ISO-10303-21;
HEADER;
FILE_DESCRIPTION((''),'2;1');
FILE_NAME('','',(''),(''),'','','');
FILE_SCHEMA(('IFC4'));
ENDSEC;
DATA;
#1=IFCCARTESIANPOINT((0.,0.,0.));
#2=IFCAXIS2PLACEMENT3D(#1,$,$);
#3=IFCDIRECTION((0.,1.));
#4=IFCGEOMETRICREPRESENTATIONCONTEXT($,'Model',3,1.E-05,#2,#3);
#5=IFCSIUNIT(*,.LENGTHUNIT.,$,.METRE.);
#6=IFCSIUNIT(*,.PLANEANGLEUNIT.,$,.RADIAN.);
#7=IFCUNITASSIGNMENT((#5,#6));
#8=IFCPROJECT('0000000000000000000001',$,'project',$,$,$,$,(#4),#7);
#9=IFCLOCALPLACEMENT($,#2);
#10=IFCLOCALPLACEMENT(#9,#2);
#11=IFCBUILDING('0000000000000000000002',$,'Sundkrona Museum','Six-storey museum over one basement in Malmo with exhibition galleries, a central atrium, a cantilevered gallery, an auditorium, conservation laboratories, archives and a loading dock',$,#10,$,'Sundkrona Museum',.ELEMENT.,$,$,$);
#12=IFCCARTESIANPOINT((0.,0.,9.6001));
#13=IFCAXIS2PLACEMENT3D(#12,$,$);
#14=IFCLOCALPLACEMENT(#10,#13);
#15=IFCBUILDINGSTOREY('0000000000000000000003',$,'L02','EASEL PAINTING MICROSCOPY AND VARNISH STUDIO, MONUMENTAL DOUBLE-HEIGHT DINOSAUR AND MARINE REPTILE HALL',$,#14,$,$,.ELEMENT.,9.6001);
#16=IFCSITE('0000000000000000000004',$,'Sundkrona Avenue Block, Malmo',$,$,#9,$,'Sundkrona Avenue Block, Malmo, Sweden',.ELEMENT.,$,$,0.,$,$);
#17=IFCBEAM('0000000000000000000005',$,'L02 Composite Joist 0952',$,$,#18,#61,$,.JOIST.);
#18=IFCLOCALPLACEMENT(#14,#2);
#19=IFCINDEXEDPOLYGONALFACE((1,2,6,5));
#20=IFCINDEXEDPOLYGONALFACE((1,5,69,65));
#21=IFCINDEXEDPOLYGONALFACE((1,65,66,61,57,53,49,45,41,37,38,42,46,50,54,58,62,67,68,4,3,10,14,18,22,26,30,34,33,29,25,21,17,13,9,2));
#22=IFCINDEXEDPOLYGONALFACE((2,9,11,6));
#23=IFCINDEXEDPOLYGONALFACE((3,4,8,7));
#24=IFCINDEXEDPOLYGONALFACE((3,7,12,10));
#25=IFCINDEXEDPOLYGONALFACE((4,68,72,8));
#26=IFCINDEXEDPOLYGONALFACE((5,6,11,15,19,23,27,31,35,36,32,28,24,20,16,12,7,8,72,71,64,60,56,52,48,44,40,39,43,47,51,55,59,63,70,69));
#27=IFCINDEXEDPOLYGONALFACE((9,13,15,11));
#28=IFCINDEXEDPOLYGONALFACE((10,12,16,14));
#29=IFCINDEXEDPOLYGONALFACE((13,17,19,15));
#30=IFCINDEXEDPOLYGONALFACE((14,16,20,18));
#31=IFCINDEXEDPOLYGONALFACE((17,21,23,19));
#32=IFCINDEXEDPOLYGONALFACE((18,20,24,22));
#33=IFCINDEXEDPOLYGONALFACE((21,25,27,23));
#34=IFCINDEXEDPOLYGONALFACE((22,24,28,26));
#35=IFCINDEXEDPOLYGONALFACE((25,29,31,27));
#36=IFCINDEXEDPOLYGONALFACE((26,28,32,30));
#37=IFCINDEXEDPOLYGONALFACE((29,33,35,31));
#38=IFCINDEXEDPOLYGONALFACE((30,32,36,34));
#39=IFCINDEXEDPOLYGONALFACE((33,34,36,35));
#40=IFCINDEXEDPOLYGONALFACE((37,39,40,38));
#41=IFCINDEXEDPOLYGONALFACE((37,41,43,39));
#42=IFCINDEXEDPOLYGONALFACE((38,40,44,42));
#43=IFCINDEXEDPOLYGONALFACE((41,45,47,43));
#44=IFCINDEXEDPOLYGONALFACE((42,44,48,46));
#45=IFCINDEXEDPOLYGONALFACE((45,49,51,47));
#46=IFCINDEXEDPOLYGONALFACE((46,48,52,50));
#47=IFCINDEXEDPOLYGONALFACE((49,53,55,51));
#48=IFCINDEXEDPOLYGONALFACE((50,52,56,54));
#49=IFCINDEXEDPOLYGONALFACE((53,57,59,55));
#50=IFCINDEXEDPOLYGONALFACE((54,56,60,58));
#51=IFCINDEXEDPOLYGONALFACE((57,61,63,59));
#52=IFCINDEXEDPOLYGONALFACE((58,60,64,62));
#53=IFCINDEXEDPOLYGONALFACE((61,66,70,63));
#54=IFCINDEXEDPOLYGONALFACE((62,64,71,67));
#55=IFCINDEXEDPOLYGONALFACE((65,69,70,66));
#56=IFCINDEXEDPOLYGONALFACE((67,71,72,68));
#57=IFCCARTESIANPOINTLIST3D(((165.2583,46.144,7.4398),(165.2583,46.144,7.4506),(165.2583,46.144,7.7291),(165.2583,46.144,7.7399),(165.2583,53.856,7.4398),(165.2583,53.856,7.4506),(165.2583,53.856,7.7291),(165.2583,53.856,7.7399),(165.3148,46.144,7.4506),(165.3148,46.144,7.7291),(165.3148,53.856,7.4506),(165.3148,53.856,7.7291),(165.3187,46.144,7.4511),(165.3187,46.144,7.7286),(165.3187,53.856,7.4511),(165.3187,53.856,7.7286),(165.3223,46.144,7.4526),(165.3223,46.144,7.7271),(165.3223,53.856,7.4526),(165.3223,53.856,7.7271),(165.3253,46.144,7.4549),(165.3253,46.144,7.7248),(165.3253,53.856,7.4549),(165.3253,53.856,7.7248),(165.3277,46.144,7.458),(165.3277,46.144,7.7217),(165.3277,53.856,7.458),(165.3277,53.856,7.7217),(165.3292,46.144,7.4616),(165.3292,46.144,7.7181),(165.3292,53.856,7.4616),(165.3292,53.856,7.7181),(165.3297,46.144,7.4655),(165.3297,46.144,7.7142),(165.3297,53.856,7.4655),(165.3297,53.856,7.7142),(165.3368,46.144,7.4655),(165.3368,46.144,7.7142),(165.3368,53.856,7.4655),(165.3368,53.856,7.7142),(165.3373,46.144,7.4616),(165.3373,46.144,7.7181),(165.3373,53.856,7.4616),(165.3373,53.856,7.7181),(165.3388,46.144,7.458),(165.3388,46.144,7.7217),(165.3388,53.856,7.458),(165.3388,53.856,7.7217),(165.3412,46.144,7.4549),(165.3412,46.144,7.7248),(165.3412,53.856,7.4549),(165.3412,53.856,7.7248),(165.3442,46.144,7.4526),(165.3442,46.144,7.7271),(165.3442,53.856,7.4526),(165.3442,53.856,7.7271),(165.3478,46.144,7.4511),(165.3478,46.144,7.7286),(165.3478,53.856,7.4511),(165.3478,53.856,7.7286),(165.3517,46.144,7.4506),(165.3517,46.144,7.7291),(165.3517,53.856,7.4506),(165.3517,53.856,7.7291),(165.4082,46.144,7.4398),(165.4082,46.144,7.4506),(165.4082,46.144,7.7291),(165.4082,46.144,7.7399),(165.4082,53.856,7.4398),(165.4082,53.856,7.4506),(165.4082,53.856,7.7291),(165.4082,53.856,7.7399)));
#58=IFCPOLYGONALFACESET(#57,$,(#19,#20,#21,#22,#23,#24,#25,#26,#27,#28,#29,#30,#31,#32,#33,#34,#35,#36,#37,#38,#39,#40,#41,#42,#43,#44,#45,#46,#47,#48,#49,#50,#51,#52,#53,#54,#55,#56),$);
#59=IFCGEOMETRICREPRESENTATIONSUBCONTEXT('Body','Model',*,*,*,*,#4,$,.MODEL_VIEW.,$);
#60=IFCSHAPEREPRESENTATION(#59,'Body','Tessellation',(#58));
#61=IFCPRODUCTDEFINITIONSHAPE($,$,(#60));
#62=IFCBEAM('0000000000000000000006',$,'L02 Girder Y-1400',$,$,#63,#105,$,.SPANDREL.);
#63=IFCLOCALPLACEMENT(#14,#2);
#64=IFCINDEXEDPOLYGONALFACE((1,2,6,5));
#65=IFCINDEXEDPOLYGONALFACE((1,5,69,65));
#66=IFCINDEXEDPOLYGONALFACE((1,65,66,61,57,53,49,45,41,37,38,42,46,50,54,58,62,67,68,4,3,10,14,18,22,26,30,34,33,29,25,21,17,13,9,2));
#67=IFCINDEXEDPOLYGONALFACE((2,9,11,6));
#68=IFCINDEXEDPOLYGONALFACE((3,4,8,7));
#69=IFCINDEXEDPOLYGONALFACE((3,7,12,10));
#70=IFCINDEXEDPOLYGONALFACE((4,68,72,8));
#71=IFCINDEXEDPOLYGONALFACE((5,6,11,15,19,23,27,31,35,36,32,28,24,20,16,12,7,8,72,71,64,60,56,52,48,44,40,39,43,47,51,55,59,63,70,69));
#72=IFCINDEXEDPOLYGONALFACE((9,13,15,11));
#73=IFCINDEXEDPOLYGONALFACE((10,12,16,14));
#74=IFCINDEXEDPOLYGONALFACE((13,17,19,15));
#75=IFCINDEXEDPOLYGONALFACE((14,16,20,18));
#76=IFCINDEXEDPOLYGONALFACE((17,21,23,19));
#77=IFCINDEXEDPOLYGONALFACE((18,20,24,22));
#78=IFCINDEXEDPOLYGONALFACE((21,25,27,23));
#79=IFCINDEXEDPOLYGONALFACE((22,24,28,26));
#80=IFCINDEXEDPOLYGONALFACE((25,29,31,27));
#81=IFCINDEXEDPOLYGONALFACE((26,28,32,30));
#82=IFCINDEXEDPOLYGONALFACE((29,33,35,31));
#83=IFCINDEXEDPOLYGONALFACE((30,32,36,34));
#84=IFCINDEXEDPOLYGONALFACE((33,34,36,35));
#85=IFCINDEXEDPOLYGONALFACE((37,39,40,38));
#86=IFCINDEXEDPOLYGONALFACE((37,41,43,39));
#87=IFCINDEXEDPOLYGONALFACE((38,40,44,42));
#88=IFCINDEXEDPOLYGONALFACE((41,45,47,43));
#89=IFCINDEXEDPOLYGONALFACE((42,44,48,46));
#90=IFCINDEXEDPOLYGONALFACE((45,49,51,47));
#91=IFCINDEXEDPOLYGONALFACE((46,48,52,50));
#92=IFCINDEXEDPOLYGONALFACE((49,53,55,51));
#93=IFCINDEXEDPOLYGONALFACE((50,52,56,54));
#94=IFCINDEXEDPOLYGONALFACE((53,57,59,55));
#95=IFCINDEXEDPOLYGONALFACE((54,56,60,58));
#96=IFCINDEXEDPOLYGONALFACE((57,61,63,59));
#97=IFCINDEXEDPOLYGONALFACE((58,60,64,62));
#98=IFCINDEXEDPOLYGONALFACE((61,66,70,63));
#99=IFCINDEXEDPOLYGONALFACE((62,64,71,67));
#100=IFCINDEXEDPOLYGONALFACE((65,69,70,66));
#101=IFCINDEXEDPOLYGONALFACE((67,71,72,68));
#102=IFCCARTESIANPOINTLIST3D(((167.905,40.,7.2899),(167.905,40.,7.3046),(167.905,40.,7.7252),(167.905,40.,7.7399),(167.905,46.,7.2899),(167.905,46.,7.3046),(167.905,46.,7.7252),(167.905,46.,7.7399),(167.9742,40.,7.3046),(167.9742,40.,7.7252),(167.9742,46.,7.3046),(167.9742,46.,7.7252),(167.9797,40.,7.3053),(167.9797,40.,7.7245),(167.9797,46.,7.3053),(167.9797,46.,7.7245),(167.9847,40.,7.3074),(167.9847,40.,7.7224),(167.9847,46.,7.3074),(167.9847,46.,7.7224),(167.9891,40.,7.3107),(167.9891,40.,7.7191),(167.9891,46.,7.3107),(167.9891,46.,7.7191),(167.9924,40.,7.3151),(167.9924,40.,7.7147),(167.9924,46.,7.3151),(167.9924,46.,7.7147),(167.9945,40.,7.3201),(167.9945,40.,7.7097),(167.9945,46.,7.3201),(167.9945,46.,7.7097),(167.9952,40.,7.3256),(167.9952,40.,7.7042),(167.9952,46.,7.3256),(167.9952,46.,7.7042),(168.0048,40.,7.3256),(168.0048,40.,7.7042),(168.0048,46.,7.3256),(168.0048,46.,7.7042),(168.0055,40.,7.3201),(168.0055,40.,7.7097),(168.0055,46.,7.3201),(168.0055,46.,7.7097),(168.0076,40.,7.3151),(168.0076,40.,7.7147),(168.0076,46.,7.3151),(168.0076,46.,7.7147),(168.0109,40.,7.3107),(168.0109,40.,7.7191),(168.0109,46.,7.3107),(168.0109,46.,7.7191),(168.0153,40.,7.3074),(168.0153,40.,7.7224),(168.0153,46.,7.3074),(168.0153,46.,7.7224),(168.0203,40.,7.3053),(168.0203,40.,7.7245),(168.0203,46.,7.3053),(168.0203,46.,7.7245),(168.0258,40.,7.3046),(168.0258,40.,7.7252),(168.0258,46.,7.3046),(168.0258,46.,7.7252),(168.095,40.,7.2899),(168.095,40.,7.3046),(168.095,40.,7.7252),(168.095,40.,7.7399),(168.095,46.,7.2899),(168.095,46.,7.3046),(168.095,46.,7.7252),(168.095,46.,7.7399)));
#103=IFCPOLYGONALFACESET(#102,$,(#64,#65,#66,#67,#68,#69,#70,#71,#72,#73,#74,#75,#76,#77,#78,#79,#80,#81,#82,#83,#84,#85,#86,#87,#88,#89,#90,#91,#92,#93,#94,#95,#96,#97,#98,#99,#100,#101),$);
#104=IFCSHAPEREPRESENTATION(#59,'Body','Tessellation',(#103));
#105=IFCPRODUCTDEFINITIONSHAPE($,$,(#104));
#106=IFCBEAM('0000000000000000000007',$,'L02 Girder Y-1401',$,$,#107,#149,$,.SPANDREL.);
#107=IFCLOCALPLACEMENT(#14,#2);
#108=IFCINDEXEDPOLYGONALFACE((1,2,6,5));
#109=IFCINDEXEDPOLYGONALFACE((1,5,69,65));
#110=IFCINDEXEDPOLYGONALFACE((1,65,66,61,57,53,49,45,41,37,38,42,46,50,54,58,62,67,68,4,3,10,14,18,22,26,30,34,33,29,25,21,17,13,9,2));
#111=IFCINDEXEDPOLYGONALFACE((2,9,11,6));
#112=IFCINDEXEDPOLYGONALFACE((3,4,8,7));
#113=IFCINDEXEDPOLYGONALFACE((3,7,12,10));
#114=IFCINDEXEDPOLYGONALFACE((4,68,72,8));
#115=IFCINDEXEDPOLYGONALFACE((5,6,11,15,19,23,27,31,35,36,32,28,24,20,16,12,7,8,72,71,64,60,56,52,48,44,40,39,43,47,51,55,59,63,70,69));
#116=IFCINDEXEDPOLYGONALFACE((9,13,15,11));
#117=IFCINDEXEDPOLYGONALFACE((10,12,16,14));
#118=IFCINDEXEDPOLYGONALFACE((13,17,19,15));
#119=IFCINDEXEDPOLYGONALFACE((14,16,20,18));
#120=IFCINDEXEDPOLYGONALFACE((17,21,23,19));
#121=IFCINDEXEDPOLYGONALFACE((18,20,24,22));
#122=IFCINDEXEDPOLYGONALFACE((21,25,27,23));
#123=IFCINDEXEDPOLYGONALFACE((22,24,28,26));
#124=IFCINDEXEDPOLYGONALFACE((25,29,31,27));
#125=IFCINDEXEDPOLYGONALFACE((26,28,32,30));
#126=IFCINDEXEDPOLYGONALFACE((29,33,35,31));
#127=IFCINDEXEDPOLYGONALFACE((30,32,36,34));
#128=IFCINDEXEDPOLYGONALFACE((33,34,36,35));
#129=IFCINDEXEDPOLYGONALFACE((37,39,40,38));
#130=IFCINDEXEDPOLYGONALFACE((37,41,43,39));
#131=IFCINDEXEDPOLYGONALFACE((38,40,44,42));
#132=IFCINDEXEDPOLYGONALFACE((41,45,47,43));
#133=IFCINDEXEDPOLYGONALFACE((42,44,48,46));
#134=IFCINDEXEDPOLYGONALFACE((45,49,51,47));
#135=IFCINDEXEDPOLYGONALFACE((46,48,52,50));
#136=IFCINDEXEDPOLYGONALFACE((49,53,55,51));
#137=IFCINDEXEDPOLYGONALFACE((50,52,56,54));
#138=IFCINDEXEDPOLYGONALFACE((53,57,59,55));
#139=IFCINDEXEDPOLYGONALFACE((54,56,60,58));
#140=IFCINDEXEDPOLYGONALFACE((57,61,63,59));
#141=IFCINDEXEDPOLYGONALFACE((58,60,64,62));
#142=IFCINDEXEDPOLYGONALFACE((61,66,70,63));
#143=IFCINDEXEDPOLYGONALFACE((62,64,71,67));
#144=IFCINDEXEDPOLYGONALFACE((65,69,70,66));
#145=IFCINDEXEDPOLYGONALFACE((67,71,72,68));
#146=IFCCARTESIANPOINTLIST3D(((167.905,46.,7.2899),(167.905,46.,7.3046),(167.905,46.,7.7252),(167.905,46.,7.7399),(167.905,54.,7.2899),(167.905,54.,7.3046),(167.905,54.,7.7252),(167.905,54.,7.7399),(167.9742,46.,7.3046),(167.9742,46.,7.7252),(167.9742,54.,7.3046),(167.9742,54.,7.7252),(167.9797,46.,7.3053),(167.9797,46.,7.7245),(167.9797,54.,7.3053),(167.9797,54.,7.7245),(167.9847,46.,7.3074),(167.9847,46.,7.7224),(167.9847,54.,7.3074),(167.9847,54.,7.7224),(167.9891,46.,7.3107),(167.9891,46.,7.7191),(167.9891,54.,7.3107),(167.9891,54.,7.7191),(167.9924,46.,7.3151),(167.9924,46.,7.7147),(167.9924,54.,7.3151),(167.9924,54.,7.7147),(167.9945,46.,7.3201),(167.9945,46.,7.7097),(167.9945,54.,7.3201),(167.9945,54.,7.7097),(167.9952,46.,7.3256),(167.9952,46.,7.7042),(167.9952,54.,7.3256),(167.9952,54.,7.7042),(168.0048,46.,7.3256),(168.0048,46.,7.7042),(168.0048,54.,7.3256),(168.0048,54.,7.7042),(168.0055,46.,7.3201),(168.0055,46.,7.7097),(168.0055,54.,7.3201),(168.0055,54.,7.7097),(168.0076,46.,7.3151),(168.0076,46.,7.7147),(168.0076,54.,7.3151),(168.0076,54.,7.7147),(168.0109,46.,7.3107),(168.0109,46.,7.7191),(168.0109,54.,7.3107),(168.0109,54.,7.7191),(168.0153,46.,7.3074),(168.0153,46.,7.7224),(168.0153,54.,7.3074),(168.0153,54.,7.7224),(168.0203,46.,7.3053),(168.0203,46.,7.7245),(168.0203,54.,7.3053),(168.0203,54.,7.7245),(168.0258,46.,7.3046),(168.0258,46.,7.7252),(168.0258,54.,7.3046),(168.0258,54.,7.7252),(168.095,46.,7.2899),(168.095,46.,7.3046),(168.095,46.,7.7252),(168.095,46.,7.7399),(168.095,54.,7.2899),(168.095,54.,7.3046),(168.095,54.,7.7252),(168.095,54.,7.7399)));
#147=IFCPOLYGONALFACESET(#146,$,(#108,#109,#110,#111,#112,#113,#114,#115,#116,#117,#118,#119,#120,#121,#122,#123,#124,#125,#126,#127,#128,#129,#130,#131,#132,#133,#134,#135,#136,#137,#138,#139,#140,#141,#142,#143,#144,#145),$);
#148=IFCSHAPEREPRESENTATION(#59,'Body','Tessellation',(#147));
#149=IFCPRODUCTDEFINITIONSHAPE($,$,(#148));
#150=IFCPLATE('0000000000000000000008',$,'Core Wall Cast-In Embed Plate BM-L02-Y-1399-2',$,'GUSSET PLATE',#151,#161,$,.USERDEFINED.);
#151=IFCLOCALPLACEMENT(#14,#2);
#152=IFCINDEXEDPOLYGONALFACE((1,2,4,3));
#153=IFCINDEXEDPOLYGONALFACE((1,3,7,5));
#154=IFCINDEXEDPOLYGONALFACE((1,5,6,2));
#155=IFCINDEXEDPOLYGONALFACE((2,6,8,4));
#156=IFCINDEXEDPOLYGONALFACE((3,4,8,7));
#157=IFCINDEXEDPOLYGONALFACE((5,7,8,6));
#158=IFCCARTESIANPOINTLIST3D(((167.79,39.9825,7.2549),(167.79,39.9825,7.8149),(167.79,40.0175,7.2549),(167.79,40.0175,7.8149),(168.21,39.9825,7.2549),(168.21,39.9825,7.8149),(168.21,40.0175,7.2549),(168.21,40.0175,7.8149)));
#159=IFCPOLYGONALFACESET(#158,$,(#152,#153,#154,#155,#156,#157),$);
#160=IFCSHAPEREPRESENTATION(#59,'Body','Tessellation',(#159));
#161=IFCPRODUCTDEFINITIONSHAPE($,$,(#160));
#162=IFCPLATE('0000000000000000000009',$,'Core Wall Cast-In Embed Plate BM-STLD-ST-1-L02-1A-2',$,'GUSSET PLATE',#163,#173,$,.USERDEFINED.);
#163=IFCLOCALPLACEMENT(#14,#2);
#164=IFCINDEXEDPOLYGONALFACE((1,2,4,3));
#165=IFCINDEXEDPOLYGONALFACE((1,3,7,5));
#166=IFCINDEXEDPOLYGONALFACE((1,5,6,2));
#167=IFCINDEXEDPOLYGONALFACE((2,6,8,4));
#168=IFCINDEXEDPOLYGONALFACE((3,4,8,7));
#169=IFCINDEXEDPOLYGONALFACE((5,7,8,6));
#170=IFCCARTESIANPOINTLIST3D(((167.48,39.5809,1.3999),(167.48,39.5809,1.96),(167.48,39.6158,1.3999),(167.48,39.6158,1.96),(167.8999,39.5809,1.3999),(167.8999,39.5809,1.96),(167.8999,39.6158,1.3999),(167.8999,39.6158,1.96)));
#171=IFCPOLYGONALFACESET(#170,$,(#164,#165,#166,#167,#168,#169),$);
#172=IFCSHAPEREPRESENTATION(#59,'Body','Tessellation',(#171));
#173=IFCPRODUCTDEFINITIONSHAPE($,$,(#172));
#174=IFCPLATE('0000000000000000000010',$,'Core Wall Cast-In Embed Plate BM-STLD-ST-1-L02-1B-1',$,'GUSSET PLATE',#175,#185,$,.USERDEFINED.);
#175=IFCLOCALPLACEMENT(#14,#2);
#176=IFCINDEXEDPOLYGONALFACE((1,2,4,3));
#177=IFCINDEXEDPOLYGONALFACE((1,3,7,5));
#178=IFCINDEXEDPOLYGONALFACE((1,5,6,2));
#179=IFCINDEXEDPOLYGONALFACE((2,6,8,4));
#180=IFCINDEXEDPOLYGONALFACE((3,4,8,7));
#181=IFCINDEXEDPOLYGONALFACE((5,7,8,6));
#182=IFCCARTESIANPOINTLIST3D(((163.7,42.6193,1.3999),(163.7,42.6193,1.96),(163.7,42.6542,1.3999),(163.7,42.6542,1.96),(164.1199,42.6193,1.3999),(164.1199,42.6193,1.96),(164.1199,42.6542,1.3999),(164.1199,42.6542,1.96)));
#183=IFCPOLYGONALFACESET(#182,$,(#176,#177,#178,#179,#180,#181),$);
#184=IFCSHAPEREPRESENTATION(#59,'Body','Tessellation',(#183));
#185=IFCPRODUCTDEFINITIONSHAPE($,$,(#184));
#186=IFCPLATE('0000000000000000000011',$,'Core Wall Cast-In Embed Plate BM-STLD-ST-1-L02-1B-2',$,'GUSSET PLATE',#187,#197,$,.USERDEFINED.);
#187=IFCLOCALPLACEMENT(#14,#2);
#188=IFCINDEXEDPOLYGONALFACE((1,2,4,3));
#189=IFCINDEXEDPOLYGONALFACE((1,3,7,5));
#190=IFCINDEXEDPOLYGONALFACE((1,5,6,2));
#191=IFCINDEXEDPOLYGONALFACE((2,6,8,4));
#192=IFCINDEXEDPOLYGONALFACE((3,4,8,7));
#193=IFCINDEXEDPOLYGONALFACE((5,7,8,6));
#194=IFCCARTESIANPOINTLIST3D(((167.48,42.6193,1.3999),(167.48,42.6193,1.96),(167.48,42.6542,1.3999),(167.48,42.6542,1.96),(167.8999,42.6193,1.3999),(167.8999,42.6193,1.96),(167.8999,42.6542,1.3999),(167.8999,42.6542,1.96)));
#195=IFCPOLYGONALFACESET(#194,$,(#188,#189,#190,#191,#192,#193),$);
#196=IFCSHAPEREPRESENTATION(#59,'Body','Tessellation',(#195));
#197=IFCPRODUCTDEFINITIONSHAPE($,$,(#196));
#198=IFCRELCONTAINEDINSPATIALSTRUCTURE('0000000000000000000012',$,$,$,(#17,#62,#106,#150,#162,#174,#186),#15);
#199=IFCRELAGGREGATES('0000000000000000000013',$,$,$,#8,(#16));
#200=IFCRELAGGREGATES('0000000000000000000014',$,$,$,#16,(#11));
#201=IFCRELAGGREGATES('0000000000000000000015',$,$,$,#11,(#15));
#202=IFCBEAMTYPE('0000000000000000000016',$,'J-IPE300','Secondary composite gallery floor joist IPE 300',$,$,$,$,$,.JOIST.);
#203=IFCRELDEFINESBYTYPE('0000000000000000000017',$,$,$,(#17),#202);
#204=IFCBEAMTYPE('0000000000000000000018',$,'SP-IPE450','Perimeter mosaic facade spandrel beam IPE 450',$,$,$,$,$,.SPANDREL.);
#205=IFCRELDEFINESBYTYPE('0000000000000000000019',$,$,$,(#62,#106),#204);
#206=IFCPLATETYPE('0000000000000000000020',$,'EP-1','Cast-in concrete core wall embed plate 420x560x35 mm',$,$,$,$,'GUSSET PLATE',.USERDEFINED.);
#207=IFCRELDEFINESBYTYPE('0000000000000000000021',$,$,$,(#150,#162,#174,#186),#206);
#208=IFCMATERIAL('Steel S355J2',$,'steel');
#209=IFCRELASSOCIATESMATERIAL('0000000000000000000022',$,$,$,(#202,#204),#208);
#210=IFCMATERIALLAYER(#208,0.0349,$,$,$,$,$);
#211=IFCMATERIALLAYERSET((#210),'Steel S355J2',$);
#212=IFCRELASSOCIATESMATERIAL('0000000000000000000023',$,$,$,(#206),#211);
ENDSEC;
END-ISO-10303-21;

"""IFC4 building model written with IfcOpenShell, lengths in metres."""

from ifc_helpers import new_model, si_unit, direction, frame, origin, origin_2d, place, context, subcontext, project, spatial, rectangle, i_section, extrude, material, layer, layer_set, material_profile, profile_set, type_object, element, save


model = new_model("IFC4")

# Units and contexts
model_context = context("Model", 3, precision=1e-05, world=origin(), true_north=direction((0.0, 1.0)))
body_context = subcontext(model_context, "Body", "Model", "MODEL_VIEW")
ifc_project = project(units=[si_unit("LENGTHUNIT", "METRE"), si_unit("PLANEANGLEUNIT", "RADIAN")], contexts=[model_context])

# Site, building, storey
site_placement = place(None, origin())
site = spatial("IfcSite", under=ifc_project, at=site_placement, Name="Sundkrona Avenue Block, Malmo", LongName="Sundkrona Avenue Block, Malmo, Sweden", CompositionType="ELEMENT", RefElevation=0.0)
building_placement = place(site_placement, origin())
building = spatial("IfcBuilding", under=site, at=building_placement, Name="Sundkrona Museum", Description="Six-storey museum over one basement in Malmo with exhibition galleries, a central atrium, a cantilevered gallery, an auditorium, conservation laboratories, archives and a loading dock", LongName="Sundkrona Museum", CompositionType="ELEMENT")
storey_placement = place(building_placement, frame((0.0, 0.0, 9.6001)))
storey = spatial("IfcBuildingStorey", under=building, at=storey_placement, Name="L02", Description="EASEL PAINTING MICROSCOPY AND VARNISH STUDIO, MONUMENTAL DOUBLE-HEIGHT DINOSAUR AND MARINE REPTILE HALL", CompositionType="ELEMENT", Elevation=9.6001)

# Shared definitions
ifc_material_1 = material(Name="Steel S355J2", Category="steel")

# Beams
ifc_material_profile_1 = material_profile(ifc_material_1, i_section(OverallWidth=0.1499, OverallDepth=0.3, WebThickness=0.0071, FlangeThickness=0.0107, FilletRadius=0.0149, at=origin_2d()), Name="IPE 300")
ifc_profile_set_1 = profile_set([ifc_material_profile_1], Name="Steel S355J2")
beam_type_1 = type_object("IfcBeamType", Name="J-IPE300", Description="Secondary composite gallery floor joist IPE 300", PredefinedType="JOIST", material=ifc_profile_set_1)
for number, where, z_axis, x_axis, name in (
    (1, (165.3333, 46.144, 7.5898), (0.0, 1.0, 0.0), (-1.0, 0.0, 0.0), "L02 Composite Joist 0952"),
):
    element("IfcBeam", number, at=place(storey_placement, frame(where, z_axis=z_axis, x_axis=x_axis)), inside=storey, type_object=beam_type_1, Name=name, PredefinedType="JOIST", context=body_context, shape_type="SweptSolid", body=[
        extrude(i_section(OverallWidth=0.1499, OverallDepth=0.3, WebThickness=0.0071, FlangeThickness=0.0107, FilletRadius=0.0149, at=origin_2d()), origin(), (0.0, 0.0, 1.0), 7.7119),
    ])
ifc_material_profile_2 = material_profile(ifc_material_1, i_section(OverallWidth=0.1899, OverallDepth=0.45, WebThickness=0.0095, FlangeThickness=0.0146, FilletRadius=0.021, at=origin_2d()), Name="IPE 450")
ifc_profile_set_2 = profile_set([ifc_material_profile_2], Name="Steel S355J2")
beam_type_2 = type_object("IfcBeamType", Name="SP-IPE450", Description="Perimeter mosaic facade spandrel beam IPE 450", PredefinedType="SPANDREL", material=ifc_profile_set_2)
beam_1_placement = place(storey_placement, frame((168.0, 40.0, 7.5149), z_axis=(0.0, 1.0, 0.0), x_axis=(-1.0, 0.0, 0.0)))
element("IfcBeam", 2, at=beam_1_placement, inside=storey, type_object=beam_type_2, Name="L02 Girder Y-1400", PredefinedType="SPANDREL", context=body_context, shape_type="SweptSolid", body=[
    extrude(i_section(OverallWidth=0.1899, OverallDepth=0.45, WebThickness=0.0095, FlangeThickness=0.0146, FilletRadius=0.021, at=origin_2d()), origin(), (0.0, 0.0, 1.0), 6.0),
])
beam_2_placement = place(storey_placement, frame((168.0, 46.0, 7.5149), z_axis=(0.0, 1.0, 0.0), x_axis=(-1.0, 0.0, 0.0)))
element("IfcBeam", 3, at=beam_2_placement, inside=storey, type_object=beam_type_2, Name="L02 Girder Y-1401", PredefinedType="SPANDREL", context=body_context, shape_type="SweptSolid", body=[
    extrude(i_section(OverallWidth=0.1899, OverallDepth=0.45, WebThickness=0.0095, FlangeThickness=0.0146, FilletRadius=0.021, at=origin_2d()), origin(), (0.0, 0.0, 1.0), 8.0),
])

# Plates
ifc_layer_1 = layer(ifc_material_1, 0.0349)
ifc_layer_set_1 = layer_set([ifc_layer_1], Name="Steel S355J2")
plate_type = type_object("IfcPlateType", Name="EP-1", Description="Cast-in concrete core wall embed plate 420x560x35 mm", ElementType="GUSSET PLATE", PredefinedType="USERDEFINED", material=ifc_layer_set_1)
for number, where, z_axis, x_axis, name in (
    (4, (168.0, 40.0, 7.2549), (0.0, 0.0, 1.0), (1.0, 0.0, 0.0), "Core Wall Cast-In Embed Plate BM-L02-Y-1399-2"),
    (5, (167.6899, 39.5984, 1.3999), (0.0, 0.0, 1.0), (1.0, 0.0, 0.0), "Core Wall Cast-In Embed Plate BM-STLD-ST-1-L02-1A-2"),
    (6, (163.9099, 42.6367, 1.3999), (0.0, 0.0, 1.0), (1.0, 0.0, 0.0), "Core Wall Cast-In Embed Plate BM-STLD-ST-1-L02-1B-1"),
    (7, (167.6899, 42.6367, 1.3999), (0.0, 0.0, 1.0), (1.0, 0.0, 0.0), "Core Wall Cast-In Embed Plate BM-STLD-ST-1-L02-1B-2"),
):
    element("IfcPlate", number, at=place(storey_placement, frame(where, z_axis=z_axis, x_axis=x_axis)), inside=storey, type_object=plate_type, Name=name, ObjectType="GUSSET PLATE", PredefinedType="USERDEFINED", context=body_context, shape_type="SweptSolid", body=[
        extrude(rectangle(XDim=0.4199, YDim=0.0349, at=origin_2d()), origin(), (0.0, 0.0, 1.0), 0.5601),
    ])

save(model, "model.ifc")
